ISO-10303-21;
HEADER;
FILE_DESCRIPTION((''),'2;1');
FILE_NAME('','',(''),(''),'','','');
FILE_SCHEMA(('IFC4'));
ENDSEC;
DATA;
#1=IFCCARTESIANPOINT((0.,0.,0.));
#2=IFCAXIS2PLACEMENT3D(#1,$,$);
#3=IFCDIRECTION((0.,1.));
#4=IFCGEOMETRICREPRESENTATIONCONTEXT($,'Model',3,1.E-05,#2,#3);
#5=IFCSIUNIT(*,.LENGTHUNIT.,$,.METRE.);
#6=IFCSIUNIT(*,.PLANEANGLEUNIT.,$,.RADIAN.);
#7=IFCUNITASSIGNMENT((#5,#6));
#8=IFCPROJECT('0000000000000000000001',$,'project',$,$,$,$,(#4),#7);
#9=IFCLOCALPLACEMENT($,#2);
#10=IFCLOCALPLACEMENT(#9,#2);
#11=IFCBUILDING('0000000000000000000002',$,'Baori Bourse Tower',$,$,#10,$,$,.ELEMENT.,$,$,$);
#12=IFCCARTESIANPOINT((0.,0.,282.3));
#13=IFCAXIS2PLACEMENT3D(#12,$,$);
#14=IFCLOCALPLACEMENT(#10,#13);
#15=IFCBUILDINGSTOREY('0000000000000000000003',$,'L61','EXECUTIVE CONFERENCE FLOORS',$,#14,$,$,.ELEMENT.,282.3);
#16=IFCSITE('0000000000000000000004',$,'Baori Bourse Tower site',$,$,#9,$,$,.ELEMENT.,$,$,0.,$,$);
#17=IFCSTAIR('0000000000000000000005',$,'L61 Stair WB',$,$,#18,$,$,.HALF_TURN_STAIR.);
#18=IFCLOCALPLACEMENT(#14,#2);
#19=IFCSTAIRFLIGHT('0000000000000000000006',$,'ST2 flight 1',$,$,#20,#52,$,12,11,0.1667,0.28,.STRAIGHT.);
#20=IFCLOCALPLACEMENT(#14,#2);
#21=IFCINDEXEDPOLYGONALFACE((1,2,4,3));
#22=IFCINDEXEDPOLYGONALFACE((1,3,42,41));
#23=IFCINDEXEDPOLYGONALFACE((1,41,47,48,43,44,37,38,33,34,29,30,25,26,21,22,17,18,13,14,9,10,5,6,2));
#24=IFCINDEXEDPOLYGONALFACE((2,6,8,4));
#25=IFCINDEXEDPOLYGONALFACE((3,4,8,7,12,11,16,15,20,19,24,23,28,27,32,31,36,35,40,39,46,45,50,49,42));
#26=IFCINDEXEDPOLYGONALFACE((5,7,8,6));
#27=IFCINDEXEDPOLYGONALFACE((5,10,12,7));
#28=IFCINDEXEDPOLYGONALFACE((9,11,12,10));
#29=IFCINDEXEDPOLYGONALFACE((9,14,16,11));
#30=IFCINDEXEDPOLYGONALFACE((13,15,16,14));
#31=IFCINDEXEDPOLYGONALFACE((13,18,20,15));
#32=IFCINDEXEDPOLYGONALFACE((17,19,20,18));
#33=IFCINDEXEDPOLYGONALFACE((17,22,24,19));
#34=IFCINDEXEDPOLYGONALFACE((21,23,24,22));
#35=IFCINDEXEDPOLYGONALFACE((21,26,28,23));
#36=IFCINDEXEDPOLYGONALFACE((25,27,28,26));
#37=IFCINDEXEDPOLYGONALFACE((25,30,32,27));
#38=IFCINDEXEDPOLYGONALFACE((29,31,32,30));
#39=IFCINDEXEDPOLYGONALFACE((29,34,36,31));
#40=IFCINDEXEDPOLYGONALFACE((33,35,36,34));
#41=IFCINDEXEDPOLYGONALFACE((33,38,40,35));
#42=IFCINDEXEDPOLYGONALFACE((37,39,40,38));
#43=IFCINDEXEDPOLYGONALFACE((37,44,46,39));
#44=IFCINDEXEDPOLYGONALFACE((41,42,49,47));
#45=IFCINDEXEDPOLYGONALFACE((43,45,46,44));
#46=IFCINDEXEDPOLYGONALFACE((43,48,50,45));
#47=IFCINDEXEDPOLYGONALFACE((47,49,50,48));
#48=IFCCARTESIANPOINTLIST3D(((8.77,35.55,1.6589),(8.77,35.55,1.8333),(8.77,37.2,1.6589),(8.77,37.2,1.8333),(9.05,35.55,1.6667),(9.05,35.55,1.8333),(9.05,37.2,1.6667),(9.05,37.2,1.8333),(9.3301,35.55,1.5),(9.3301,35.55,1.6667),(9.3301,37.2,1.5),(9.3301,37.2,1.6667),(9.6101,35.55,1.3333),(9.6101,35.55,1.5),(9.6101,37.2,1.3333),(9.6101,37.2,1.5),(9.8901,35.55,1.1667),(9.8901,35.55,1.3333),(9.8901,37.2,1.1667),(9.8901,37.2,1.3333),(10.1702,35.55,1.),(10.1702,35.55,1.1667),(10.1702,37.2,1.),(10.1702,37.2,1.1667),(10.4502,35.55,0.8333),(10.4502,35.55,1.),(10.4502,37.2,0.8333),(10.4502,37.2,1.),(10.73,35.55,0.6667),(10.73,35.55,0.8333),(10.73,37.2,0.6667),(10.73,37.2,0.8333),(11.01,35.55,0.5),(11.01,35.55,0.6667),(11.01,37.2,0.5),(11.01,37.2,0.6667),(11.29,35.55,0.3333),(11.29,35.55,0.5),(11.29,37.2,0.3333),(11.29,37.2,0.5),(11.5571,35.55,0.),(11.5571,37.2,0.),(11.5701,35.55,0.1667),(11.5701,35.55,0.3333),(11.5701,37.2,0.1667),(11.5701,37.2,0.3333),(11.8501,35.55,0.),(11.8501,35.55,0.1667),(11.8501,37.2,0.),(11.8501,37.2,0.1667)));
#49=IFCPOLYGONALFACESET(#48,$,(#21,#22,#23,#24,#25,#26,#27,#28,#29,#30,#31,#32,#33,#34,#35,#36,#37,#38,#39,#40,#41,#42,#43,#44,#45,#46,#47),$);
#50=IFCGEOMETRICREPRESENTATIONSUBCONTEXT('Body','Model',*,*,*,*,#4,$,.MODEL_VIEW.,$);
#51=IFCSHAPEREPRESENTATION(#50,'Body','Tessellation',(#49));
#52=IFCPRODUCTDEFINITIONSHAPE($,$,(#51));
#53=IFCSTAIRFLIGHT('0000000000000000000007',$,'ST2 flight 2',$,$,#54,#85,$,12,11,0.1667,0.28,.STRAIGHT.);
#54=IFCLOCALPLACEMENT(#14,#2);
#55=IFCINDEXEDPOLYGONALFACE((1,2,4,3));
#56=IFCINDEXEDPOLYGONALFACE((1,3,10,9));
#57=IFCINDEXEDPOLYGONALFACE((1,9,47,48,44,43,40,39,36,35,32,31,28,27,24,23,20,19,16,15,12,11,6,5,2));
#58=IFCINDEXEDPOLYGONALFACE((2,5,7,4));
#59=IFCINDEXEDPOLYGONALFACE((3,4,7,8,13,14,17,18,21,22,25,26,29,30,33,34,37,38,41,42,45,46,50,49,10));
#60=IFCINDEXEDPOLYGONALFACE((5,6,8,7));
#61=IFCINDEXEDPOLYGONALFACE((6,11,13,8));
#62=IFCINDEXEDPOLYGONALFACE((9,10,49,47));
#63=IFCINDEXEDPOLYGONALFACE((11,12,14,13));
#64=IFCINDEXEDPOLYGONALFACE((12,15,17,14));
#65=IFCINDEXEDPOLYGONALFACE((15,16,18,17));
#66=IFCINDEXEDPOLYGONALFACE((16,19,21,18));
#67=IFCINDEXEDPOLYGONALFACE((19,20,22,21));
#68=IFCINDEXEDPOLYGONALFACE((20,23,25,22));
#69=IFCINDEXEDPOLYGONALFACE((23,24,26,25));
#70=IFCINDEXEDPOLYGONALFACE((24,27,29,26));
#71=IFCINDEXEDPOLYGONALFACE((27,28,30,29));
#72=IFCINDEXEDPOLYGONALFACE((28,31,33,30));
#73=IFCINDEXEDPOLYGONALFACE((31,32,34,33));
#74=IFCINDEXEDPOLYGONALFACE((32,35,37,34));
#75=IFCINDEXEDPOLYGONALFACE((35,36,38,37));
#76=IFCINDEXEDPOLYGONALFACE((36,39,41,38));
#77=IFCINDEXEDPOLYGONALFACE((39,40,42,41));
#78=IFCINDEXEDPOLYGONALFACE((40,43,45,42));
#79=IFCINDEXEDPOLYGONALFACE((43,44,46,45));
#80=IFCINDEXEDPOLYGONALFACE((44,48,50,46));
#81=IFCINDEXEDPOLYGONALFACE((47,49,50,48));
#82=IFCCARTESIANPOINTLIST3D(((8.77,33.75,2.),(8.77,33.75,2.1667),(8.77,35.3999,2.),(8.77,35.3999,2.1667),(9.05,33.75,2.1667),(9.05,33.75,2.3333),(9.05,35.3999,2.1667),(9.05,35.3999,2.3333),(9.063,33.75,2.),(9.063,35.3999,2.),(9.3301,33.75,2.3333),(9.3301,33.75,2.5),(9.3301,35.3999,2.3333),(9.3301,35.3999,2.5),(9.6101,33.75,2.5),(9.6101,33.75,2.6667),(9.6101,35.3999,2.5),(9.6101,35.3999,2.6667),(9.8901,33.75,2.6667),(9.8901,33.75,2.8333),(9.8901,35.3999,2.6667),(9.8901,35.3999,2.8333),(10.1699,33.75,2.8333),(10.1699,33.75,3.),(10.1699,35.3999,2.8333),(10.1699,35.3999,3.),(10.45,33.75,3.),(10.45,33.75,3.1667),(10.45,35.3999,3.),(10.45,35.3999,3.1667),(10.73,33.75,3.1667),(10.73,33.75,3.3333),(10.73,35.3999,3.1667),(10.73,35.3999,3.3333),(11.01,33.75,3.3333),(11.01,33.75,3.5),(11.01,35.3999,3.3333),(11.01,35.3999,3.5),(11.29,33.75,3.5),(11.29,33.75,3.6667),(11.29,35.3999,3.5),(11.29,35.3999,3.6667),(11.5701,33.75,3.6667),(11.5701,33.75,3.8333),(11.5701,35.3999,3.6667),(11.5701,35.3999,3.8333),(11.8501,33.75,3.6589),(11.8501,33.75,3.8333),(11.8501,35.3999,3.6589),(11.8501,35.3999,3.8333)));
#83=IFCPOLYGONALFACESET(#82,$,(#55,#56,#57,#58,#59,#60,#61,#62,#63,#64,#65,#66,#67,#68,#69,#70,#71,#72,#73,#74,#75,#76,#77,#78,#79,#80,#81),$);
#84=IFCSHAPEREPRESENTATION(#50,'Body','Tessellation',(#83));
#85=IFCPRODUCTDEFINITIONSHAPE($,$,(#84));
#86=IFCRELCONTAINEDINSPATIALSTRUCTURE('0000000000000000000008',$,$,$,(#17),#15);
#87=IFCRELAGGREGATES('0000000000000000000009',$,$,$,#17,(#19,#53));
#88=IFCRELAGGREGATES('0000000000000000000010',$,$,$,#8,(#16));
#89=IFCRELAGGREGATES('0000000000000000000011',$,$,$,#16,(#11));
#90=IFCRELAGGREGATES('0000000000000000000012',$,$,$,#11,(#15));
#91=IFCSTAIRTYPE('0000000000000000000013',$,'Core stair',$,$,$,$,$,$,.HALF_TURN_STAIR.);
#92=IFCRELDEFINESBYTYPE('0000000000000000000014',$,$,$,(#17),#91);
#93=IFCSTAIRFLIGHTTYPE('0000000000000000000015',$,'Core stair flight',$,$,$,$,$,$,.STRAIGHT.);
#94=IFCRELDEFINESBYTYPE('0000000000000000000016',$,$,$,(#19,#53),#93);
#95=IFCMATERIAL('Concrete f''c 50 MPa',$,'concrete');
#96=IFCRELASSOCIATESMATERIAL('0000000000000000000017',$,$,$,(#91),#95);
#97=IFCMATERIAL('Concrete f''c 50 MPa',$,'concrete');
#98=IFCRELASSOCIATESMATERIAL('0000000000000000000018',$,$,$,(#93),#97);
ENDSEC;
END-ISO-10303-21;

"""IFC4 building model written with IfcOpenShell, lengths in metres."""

from ifc_helpers import new_model, si_unit, direction, frame, origin, place, context, subcontext, project, spatial, polyline, outline, extrude, material, type_object, element, aggregate, save


model = new_model("IFC4")

# Units and contexts
model_context = context("Model", 3, precision=1e-05, world=origin(), true_north=direction((0.0, 1.0)))
body_context = subcontext(model_context, "Body", "Model", "MODEL_VIEW")
ifc_project = project(units=[si_unit("LENGTHUNIT", "METRE"), si_unit("PLANEANGLEUNIT", "RADIAN")], contexts=[model_context])

# Site, building, storey
site_placement = place(None, origin())
site = spatial("IfcSite", under=ifc_project, at=site_placement, Name="Baori Bourse Tower site", CompositionType="ELEMENT", RefElevation=0.0)
building_placement = place(site_placement, origin())
building = spatial("IfcBuilding", under=site, at=building_placement, Name="Baori Bourse Tower", CompositionType="ELEMENT")
storey_placement = place(building_placement, frame((0.0, 0.0, 282.3)))
storey = spatial("IfcBuildingStorey", under=building, at=storey_placement, Name="L61", Description="EXECUTIVE CONFERENCE FLOORS", CompositionType="ELEMENT", Elevation=282.3)

# Stair, stair flights
ifc_material_1 = material(Name="Concrete f'c 50 MPa", Category="concrete")
stair_type = type_object("IfcStairType", Name="Core stair", PredefinedType="HALF_TURN_STAIR", material=ifc_material_1)
stair_placement = place(storey_placement, origin())
stair = element("IfcStair", 1, at=stair_placement, inside=storey, type_object=stair_type, Name="L61 Stair WB", PredefinedType="HALF_TURN_STAIR")
ifc_material_2 = material(Name="Concrete f'c 50 MPa", Category="concrete")
stair_flight_type = type_object("IfcStairFlightType", Name="Core stair flight", PredefinedType="STRAIGHT", material=ifc_material_2)
stair_flight_1_placement = place(storey_placement, frame((11.8501, 36.375, 0.0), z_axis=(0.0, 0.0, 1.0), x_axis=(-1.0, 0.0, 0.0)))
stair_flight_1 = element("IfcStairFlight", 2, at=stair_flight_1_placement, type_object=stair_flight_type, Name="ST2 flight 1", NumberOfRisers=12, NumberOfTreads=11, PredefinedType="STRAIGHT", RiserHeight=0.1667, TreadLength=0.28, context=body_context, shape_type="SweptSolid", body=[
    extrude(outline(polyline([(0.0, 0.0), (0.0, 0.1667), (0.28, 0.1667), (0.28, 0.3333), (0.5601, 0.3333), (0.5601, 0.5), (0.8401, 0.5), (0.8401, 0.6667), (1.1201, 0.6667), (1.1201, 0.8333), (1.3999, 0.8333), (1.3999, 1.0), (1.6799, 1.0), (1.6799, 1.1667), (1.96, 1.1667), (1.96, 1.3333), (2.24, 1.3333), (2.24, 1.5), (2.52, 1.5), (2.52, 1.6667), (2.8, 1.6667), (2.8, 1.8333), (3.0801, 1.8333), (3.0801, 2.0), (3.0801, 1.6589), (0.293, 0.0), (0.0, 0.0)])), frame((0.0, 0.825, 0.0), z_axis=(0.0, -1.0, 0.0), x_axis=(1.0, 0.0, 0.0)), (0.0, 0.0, 1.0), 1.6499),
])
stair_flight_2_placement = place(storey_placement, frame((8.77, 34.575, 2.0), z_axis=(0.0, 0.0, 1.0), x_axis=(1.0, 0.0, 0.0)))
stair_flight_2 = element("IfcStairFlight", 3, at=stair_flight_2_placement, type_object=stair_flight_type, Name="ST2 flight 2", NumberOfRisers=12, NumberOfTreads=11, PredefinedType="STRAIGHT", RiserHeight=0.1667, TreadLength=0.28, context=body_context, shape_type="SweptSolid", body=[
    extrude(outline(polyline([(0.0, 0.0), (0.0, 0.1667), (0.28, 0.1667), (0.28, 0.3333), (0.5601, 0.3333), (0.5601, 0.5), (0.8401, 0.5), (0.8401, 0.6667), (1.1201, 0.6667), (1.1201, 0.8333), (1.3999, 0.8333), (1.3999, 1.0), (1.6799, 1.0), (1.6799, 1.1667), (1.96, 1.1667), (1.96, 1.3333), (2.24, 1.3333), (2.24, 1.5), (2.52, 1.5), (2.52, 1.6667), (2.8, 1.6667), (2.8, 1.8333), (3.0801, 1.8333), (3.0801, 2.0), (3.0801, 1.6589), (0.293, 0.0), (0.0, 0.0)])), frame((0.0, 0.825, 0.0), z_axis=(0.0, -1.0, 0.0), x_axis=(1.0, 0.0, 0.0)), (0.0, 0.0, 1.0), 1.6499),
])
aggregate(stair, [stair_flight_1, stair_flight_2])

save(model, "model.ifc")
